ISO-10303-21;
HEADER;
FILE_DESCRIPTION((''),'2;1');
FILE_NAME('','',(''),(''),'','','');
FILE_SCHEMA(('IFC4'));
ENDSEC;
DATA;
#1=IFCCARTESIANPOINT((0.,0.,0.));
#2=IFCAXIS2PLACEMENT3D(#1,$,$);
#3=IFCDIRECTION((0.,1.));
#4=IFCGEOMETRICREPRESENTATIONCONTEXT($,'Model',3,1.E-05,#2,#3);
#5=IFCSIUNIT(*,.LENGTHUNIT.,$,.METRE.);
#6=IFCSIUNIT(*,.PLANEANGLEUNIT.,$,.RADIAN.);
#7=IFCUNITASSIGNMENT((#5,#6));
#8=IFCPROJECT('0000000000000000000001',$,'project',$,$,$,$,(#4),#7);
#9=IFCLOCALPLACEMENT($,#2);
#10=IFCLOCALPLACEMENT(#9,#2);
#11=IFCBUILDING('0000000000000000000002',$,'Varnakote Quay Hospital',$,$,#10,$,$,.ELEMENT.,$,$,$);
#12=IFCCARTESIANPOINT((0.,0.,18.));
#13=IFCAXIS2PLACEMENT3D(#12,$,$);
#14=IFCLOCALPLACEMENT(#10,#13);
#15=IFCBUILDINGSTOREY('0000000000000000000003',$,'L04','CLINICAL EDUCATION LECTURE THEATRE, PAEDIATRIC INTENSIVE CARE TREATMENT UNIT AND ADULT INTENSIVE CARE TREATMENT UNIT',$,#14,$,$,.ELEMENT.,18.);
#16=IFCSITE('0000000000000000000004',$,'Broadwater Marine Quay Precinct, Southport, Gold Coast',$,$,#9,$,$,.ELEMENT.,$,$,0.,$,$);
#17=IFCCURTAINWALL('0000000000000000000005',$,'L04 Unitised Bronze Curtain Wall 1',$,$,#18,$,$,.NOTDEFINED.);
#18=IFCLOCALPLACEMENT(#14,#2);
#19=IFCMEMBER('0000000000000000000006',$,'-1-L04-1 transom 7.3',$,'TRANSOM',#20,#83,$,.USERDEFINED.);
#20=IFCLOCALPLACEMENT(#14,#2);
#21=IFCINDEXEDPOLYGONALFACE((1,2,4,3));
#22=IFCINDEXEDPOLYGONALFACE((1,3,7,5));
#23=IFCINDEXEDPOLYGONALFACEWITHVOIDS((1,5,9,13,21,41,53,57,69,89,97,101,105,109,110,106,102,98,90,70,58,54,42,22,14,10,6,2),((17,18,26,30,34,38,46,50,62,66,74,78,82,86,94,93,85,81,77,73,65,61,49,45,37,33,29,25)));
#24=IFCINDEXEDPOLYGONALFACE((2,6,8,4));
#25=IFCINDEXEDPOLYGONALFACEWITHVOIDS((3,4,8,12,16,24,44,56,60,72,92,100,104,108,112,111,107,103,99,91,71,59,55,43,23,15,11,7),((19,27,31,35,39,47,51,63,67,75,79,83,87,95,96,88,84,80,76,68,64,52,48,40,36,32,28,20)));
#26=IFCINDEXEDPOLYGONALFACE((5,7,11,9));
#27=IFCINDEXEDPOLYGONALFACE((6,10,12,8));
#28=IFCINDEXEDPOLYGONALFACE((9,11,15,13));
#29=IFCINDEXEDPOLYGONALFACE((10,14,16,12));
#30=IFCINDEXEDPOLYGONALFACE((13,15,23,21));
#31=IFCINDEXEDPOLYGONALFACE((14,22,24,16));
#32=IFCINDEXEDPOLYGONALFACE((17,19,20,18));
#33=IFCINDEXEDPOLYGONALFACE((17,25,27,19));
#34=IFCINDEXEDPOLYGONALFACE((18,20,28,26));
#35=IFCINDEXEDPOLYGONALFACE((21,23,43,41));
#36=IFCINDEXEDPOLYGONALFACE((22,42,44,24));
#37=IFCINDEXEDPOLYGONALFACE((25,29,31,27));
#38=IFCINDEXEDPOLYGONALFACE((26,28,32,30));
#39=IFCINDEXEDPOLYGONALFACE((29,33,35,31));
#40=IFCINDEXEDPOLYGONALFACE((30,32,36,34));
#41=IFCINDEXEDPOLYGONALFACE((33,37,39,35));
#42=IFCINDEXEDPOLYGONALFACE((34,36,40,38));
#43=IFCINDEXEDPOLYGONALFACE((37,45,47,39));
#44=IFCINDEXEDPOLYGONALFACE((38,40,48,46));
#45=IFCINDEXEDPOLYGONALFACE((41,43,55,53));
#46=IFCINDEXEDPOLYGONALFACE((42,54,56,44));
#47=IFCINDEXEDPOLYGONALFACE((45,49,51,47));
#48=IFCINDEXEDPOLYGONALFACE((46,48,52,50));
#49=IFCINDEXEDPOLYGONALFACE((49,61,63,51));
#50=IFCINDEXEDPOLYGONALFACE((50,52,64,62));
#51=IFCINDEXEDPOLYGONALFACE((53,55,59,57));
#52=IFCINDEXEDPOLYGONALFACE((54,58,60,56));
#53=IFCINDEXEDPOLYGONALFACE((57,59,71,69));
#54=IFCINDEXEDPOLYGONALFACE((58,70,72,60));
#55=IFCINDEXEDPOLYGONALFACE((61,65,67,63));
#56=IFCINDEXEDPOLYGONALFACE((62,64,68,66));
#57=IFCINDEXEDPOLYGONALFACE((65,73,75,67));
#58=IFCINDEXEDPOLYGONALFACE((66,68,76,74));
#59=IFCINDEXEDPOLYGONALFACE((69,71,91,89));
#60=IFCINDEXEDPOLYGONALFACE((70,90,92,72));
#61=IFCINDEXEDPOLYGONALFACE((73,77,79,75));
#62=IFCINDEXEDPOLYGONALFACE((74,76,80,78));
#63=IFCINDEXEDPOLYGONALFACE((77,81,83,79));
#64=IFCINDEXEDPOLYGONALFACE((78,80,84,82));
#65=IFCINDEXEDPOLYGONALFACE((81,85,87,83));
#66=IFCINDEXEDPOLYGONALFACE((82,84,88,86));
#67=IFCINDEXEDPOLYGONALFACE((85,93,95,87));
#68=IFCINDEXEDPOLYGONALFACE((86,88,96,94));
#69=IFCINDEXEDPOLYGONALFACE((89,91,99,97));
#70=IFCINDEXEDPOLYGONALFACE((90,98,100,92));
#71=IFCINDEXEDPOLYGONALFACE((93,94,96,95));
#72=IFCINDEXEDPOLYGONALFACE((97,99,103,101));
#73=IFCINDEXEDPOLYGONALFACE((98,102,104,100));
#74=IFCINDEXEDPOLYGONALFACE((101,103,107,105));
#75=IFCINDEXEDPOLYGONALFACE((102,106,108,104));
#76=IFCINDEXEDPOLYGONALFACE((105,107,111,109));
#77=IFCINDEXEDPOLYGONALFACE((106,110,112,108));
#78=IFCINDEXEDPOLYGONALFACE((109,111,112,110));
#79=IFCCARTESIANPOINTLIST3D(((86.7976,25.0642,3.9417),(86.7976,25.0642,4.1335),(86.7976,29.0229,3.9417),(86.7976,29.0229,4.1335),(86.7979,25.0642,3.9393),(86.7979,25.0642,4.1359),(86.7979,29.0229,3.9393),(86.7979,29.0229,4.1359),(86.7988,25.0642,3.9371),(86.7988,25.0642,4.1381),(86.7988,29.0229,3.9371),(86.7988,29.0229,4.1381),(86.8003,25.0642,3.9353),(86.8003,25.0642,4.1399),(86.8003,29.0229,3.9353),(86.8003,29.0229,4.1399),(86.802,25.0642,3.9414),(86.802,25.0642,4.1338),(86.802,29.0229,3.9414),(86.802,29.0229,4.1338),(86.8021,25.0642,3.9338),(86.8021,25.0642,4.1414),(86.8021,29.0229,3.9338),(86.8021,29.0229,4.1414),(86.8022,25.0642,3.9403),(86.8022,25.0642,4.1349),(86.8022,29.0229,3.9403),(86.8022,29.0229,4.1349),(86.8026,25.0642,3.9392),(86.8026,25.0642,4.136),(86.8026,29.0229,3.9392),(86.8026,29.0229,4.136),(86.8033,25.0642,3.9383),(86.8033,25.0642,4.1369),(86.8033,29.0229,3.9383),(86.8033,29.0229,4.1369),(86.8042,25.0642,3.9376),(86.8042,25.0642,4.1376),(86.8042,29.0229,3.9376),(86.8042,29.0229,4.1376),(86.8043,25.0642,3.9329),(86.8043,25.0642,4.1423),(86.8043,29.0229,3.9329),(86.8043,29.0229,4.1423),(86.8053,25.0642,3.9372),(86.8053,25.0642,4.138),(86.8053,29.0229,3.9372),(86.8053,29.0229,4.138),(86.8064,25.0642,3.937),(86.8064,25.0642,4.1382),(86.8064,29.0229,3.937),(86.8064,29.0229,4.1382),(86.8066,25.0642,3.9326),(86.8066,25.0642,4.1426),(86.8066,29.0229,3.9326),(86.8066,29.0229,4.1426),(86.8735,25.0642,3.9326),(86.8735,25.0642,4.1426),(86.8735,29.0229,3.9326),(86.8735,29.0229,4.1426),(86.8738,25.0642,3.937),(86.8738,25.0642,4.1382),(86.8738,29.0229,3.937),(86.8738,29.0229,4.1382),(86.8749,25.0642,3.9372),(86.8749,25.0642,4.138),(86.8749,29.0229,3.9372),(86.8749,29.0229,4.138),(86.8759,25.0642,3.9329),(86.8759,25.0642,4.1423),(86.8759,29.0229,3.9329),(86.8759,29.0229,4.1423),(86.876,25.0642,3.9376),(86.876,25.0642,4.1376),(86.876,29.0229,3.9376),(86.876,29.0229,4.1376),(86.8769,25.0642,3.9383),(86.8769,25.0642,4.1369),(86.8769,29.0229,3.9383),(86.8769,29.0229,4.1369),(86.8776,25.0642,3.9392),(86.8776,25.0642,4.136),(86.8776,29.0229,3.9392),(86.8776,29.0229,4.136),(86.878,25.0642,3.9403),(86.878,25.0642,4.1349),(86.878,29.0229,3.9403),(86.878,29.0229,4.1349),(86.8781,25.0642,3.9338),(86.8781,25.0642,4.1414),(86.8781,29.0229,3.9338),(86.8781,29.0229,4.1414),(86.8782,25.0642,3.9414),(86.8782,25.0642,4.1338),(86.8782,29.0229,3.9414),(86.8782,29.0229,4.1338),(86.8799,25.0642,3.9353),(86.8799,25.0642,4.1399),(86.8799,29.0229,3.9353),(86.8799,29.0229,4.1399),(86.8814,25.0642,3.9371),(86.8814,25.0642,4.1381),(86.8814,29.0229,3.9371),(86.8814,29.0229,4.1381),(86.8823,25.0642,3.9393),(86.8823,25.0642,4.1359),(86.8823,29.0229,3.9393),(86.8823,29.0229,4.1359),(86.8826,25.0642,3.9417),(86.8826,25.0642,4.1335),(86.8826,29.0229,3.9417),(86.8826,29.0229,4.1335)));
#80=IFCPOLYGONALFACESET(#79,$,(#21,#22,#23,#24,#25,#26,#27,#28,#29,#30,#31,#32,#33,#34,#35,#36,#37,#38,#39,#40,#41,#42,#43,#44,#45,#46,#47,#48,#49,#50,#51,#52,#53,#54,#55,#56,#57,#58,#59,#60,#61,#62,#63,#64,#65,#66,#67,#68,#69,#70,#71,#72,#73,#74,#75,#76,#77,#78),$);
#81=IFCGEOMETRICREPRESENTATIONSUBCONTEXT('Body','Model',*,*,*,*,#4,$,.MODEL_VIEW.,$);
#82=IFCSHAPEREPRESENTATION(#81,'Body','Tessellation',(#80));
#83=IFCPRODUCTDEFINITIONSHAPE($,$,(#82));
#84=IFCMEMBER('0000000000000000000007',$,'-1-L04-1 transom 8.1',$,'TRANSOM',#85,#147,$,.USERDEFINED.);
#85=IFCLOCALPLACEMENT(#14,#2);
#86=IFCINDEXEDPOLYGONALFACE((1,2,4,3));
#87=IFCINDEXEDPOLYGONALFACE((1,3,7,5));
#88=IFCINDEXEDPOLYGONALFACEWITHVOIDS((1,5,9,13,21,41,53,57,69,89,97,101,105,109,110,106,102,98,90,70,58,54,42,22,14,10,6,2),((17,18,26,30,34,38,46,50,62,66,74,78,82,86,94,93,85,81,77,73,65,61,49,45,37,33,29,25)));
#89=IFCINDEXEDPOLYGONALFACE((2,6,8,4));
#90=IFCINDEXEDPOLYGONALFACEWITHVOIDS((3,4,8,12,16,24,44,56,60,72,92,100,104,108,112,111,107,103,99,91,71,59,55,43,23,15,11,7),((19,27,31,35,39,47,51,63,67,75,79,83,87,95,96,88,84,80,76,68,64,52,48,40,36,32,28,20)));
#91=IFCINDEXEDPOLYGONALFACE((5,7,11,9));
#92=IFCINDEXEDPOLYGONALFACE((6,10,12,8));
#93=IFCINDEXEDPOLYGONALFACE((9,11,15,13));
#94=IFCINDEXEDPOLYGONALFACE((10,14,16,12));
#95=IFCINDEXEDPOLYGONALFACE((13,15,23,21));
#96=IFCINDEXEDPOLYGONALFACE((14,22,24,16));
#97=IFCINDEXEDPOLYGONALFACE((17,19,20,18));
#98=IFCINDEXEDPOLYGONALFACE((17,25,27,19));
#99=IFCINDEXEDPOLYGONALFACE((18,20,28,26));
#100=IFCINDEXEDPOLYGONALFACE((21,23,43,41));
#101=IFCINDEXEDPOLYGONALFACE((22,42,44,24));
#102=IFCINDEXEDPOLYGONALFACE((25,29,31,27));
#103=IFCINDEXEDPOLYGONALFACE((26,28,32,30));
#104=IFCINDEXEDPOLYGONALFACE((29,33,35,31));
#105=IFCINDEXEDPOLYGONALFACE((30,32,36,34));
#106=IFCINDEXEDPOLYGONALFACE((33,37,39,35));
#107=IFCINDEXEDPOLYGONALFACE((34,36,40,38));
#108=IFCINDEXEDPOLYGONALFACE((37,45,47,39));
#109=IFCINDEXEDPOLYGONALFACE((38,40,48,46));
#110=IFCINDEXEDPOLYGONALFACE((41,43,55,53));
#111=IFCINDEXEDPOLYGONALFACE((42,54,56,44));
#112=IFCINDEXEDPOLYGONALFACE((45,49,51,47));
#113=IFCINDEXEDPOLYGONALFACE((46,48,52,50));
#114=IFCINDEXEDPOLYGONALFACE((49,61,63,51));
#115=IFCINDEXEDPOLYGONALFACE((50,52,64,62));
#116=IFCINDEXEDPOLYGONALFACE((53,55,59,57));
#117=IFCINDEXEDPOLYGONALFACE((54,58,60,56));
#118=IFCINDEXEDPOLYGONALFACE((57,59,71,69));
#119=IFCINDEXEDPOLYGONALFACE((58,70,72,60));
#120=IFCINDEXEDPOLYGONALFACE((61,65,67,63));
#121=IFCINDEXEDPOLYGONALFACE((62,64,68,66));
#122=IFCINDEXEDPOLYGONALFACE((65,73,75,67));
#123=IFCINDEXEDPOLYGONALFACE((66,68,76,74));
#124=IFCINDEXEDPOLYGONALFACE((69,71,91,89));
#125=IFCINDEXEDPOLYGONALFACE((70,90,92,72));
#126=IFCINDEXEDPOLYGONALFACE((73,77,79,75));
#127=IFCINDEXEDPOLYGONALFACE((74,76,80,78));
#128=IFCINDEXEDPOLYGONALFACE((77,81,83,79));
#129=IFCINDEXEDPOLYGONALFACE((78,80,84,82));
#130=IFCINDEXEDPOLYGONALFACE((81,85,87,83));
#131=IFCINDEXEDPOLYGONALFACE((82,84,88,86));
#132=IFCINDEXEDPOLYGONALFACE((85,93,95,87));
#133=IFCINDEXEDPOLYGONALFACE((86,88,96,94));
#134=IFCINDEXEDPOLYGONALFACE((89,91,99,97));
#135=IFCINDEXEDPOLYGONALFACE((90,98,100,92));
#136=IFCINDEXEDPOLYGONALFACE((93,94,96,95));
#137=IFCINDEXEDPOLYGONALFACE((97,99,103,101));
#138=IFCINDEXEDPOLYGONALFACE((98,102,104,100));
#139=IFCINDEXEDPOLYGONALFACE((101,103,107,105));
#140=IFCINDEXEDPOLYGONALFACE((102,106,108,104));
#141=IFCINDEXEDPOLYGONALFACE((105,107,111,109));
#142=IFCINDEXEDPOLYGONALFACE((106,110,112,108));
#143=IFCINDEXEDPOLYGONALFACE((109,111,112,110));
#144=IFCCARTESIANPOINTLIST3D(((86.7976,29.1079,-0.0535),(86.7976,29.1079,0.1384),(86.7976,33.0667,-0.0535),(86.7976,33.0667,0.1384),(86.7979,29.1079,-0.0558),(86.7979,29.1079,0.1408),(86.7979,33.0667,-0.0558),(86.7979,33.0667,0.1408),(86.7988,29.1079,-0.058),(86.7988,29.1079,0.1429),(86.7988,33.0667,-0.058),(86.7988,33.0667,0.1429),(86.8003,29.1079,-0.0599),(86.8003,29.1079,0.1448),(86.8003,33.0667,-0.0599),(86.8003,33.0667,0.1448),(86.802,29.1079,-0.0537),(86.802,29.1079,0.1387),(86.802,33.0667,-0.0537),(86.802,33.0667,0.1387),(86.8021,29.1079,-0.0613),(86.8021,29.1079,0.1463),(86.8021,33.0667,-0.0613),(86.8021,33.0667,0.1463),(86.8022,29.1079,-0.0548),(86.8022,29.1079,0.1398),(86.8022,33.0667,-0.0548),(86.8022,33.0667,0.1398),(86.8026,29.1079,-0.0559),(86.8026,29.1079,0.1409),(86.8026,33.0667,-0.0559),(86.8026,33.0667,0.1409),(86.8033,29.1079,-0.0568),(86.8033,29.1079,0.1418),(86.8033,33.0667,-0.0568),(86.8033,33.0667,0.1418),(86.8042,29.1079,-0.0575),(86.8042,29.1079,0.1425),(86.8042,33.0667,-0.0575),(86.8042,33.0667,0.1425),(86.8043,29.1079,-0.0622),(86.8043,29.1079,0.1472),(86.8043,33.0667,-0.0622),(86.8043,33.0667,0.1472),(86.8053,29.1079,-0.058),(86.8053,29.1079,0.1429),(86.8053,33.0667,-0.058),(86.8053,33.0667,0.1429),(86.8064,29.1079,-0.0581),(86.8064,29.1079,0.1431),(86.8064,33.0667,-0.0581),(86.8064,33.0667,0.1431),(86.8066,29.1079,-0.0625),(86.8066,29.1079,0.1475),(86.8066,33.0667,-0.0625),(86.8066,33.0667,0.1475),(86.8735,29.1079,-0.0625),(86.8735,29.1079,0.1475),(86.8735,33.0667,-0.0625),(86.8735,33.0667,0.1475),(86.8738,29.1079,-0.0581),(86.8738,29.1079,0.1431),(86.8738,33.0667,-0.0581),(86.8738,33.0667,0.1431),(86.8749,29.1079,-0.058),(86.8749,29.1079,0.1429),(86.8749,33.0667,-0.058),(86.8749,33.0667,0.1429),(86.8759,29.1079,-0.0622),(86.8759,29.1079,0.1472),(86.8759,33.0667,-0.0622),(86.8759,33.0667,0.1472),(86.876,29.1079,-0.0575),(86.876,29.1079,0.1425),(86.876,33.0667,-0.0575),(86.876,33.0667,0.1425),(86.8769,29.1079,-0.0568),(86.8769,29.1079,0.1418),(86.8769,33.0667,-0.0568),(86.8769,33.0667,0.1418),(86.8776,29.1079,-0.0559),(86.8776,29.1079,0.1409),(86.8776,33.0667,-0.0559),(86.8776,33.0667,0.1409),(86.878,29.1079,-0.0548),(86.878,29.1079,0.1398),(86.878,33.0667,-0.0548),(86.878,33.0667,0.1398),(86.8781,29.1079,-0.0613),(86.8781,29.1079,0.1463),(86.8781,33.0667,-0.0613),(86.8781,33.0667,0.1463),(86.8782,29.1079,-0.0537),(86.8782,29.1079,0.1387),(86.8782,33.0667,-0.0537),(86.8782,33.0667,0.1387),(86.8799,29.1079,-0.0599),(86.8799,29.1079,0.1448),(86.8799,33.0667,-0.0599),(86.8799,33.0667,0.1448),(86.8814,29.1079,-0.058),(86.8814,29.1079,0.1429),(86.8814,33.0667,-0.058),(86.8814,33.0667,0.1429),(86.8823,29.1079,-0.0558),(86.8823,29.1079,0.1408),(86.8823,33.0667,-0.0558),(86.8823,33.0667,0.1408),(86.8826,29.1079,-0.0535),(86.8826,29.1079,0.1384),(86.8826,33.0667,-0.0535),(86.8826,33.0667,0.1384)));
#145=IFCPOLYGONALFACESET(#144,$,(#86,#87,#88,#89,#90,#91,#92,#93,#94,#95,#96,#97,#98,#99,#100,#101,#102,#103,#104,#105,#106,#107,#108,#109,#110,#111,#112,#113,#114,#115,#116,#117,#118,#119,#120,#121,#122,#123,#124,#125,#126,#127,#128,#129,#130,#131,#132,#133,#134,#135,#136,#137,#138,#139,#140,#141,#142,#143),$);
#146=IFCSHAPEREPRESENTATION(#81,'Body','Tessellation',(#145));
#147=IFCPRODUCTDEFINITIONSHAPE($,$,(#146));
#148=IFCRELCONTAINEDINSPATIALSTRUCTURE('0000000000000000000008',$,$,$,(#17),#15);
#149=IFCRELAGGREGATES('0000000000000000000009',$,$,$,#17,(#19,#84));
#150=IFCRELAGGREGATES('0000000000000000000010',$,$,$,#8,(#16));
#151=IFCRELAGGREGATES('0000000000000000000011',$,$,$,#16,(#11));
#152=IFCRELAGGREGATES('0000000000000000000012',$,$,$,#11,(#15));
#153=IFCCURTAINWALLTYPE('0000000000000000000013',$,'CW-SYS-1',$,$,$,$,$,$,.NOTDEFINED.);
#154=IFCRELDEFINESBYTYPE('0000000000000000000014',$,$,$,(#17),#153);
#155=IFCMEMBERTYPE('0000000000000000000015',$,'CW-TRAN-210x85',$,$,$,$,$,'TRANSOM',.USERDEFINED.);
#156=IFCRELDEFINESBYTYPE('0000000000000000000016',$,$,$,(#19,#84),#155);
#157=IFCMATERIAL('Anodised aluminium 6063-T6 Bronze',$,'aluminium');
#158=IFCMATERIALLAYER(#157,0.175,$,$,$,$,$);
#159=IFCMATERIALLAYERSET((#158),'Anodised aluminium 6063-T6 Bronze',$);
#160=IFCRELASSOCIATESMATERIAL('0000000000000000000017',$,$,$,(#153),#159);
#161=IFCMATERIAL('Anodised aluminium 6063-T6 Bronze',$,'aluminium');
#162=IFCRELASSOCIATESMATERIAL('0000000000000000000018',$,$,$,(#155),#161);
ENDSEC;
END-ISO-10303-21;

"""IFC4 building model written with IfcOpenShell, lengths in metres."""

from ifc_helpers import new_model, si_unit, direction, frame, origin, origin_2d, place, context, subcontext, project, spatial, hollow_rectangle, extrude, material, layer, layer_set, material_profile, profile_set, type_object, element, aggregate, save


model = new_model("IFC4")

# Units and contexts
model_context = context("Model", 3, precision=1e-05, world=origin(), true_north=direction((0.0, 1.0)))
body_context = subcontext(model_context, "Body", "Model", "MODEL_VIEW")
ifc_project = project(units=[si_unit("LENGTHUNIT", "METRE"), si_unit("PLANEANGLEUNIT", "RADIAN")], contexts=[model_context])

# Site, building, storey
site_placement = place(None, origin())
site = spatial("IfcSite", under=ifc_project, at=site_placement, Name="Broadwater Marine Quay Precinct, Southport, Gold Coast", CompositionType="ELEMENT", RefElevation=0.0)
building_placement = place(site_placement, origin())
building = spatial("IfcBuilding", under=site, at=building_placement, Name="Varnakote Quay Hospital", CompositionType="ELEMENT")
storey_placement = place(building_placement, frame((0.0, 0.0, 18.0)))
storey = spatial("IfcBuildingStorey", under=building, at=storey_placement, Name="L04", Description="CLINICAL EDUCATION LECTURE THEATRE, PAEDIATRIC INTENSIVE CARE TREATMENT UNIT AND ADULT INTENSIVE CARE TREATMENT UNIT", CompositionType="ELEMENT", Elevation=18.0)

# Curtain wall, members
ifc_material_1 = material(Name="Anodised aluminium 6063-T6 Bronze", Category="aluminium")
ifc_layer_1 = layer(ifc_material_1, 0.175)
ifc_layer_set_1 = layer_set([ifc_layer_1], Name="Anodised aluminium 6063-T6 Bronze")
curtain_wall_type = type_object("IfcCurtainWallType", Name="CW-SYS-1", PredefinedType="NOTDEFINED", material=ifc_layer_set_1)
curtain_wall_placement = place(storey_placement, origin())
curtain_wall = element("IfcCurtainWall", 1, at=curtain_wall_placement, inside=storey, type_object=curtain_wall_type, Name="L04 Unitised Bronze Curtain Wall 1", PredefinedType="NOTDEFINED")
ifc_material_2 = material(Name="Anodised aluminium 6063-T6 Bronze", Category="aluminium")
ifc_material_profile_1 = material_profile(ifc_material_2, hollow_rectangle(XDim=0.085, YDim=0.21, WallThickness=0.0044, InnerFilletRadius=0.0044, OuterFilletRadius=0.009, at=origin_2d()), Name="CW-TRAN-210x85")
ifc_profile_set_1 = profile_set([ifc_material_profile_1], Name="Anodised aluminium 6063-T6 Bronze")
member_type_1 = type_object("IfcMemberType", Name="CW-TRAN-210x85", ElementType="TRANSOM", PredefinedType="USERDEFINED", material=ifc_profile_set_1)
member_1_placement = place(storey_placement, frame((86.8401, 25.0642, 4.0376), z_axis=(0.0, 1.0, 0.0), x_axis=(-1.0, 0.0, 0.0)))
member_1 = element("IfcMember", 2, at=member_1_placement, type_object=member_type_1, Name="-1-L04-1 transom 7.3", ObjectType="TRANSOM", PredefinedType="USERDEFINED", context=body_context, shape_type="SweptSolid", body=[
    extrude(hollow_rectangle(XDim=0.085, YDim=0.21, WallThickness=0.0044, InnerFilletRadius=0.0044, OuterFilletRadius=0.009, at=origin_2d()), origin(), (0.0, 0.0, 1.0), 3.9587),
])
member_2_placement = place(storey_placement, frame((86.8401, 29.1079, 0.0425), z_axis=(0.0, 1.0, 0.0), x_axis=(-1.0, 0.0, 0.0)))
member_2 = element("IfcMember", 3, at=member_2_placement, type_object=member_type_1, Name="-1-L04-1 transom 8.1", ObjectType="TRANSOM", PredefinedType="USERDEFINED", context=body_context, shape_type="SweptSolid", body=[
    extrude(hollow_rectangle(XDim=0.085, YDim=0.21, WallThickness=0.0044, InnerFilletRadius=0.0044, OuterFilletRadius=0.009, at=origin_2d()), origin(), (0.0, 0.0, 1.0), 3.9587),
])
aggregate(curtain_wall, [member_1, member_2])

save(model, "model.ifc")
